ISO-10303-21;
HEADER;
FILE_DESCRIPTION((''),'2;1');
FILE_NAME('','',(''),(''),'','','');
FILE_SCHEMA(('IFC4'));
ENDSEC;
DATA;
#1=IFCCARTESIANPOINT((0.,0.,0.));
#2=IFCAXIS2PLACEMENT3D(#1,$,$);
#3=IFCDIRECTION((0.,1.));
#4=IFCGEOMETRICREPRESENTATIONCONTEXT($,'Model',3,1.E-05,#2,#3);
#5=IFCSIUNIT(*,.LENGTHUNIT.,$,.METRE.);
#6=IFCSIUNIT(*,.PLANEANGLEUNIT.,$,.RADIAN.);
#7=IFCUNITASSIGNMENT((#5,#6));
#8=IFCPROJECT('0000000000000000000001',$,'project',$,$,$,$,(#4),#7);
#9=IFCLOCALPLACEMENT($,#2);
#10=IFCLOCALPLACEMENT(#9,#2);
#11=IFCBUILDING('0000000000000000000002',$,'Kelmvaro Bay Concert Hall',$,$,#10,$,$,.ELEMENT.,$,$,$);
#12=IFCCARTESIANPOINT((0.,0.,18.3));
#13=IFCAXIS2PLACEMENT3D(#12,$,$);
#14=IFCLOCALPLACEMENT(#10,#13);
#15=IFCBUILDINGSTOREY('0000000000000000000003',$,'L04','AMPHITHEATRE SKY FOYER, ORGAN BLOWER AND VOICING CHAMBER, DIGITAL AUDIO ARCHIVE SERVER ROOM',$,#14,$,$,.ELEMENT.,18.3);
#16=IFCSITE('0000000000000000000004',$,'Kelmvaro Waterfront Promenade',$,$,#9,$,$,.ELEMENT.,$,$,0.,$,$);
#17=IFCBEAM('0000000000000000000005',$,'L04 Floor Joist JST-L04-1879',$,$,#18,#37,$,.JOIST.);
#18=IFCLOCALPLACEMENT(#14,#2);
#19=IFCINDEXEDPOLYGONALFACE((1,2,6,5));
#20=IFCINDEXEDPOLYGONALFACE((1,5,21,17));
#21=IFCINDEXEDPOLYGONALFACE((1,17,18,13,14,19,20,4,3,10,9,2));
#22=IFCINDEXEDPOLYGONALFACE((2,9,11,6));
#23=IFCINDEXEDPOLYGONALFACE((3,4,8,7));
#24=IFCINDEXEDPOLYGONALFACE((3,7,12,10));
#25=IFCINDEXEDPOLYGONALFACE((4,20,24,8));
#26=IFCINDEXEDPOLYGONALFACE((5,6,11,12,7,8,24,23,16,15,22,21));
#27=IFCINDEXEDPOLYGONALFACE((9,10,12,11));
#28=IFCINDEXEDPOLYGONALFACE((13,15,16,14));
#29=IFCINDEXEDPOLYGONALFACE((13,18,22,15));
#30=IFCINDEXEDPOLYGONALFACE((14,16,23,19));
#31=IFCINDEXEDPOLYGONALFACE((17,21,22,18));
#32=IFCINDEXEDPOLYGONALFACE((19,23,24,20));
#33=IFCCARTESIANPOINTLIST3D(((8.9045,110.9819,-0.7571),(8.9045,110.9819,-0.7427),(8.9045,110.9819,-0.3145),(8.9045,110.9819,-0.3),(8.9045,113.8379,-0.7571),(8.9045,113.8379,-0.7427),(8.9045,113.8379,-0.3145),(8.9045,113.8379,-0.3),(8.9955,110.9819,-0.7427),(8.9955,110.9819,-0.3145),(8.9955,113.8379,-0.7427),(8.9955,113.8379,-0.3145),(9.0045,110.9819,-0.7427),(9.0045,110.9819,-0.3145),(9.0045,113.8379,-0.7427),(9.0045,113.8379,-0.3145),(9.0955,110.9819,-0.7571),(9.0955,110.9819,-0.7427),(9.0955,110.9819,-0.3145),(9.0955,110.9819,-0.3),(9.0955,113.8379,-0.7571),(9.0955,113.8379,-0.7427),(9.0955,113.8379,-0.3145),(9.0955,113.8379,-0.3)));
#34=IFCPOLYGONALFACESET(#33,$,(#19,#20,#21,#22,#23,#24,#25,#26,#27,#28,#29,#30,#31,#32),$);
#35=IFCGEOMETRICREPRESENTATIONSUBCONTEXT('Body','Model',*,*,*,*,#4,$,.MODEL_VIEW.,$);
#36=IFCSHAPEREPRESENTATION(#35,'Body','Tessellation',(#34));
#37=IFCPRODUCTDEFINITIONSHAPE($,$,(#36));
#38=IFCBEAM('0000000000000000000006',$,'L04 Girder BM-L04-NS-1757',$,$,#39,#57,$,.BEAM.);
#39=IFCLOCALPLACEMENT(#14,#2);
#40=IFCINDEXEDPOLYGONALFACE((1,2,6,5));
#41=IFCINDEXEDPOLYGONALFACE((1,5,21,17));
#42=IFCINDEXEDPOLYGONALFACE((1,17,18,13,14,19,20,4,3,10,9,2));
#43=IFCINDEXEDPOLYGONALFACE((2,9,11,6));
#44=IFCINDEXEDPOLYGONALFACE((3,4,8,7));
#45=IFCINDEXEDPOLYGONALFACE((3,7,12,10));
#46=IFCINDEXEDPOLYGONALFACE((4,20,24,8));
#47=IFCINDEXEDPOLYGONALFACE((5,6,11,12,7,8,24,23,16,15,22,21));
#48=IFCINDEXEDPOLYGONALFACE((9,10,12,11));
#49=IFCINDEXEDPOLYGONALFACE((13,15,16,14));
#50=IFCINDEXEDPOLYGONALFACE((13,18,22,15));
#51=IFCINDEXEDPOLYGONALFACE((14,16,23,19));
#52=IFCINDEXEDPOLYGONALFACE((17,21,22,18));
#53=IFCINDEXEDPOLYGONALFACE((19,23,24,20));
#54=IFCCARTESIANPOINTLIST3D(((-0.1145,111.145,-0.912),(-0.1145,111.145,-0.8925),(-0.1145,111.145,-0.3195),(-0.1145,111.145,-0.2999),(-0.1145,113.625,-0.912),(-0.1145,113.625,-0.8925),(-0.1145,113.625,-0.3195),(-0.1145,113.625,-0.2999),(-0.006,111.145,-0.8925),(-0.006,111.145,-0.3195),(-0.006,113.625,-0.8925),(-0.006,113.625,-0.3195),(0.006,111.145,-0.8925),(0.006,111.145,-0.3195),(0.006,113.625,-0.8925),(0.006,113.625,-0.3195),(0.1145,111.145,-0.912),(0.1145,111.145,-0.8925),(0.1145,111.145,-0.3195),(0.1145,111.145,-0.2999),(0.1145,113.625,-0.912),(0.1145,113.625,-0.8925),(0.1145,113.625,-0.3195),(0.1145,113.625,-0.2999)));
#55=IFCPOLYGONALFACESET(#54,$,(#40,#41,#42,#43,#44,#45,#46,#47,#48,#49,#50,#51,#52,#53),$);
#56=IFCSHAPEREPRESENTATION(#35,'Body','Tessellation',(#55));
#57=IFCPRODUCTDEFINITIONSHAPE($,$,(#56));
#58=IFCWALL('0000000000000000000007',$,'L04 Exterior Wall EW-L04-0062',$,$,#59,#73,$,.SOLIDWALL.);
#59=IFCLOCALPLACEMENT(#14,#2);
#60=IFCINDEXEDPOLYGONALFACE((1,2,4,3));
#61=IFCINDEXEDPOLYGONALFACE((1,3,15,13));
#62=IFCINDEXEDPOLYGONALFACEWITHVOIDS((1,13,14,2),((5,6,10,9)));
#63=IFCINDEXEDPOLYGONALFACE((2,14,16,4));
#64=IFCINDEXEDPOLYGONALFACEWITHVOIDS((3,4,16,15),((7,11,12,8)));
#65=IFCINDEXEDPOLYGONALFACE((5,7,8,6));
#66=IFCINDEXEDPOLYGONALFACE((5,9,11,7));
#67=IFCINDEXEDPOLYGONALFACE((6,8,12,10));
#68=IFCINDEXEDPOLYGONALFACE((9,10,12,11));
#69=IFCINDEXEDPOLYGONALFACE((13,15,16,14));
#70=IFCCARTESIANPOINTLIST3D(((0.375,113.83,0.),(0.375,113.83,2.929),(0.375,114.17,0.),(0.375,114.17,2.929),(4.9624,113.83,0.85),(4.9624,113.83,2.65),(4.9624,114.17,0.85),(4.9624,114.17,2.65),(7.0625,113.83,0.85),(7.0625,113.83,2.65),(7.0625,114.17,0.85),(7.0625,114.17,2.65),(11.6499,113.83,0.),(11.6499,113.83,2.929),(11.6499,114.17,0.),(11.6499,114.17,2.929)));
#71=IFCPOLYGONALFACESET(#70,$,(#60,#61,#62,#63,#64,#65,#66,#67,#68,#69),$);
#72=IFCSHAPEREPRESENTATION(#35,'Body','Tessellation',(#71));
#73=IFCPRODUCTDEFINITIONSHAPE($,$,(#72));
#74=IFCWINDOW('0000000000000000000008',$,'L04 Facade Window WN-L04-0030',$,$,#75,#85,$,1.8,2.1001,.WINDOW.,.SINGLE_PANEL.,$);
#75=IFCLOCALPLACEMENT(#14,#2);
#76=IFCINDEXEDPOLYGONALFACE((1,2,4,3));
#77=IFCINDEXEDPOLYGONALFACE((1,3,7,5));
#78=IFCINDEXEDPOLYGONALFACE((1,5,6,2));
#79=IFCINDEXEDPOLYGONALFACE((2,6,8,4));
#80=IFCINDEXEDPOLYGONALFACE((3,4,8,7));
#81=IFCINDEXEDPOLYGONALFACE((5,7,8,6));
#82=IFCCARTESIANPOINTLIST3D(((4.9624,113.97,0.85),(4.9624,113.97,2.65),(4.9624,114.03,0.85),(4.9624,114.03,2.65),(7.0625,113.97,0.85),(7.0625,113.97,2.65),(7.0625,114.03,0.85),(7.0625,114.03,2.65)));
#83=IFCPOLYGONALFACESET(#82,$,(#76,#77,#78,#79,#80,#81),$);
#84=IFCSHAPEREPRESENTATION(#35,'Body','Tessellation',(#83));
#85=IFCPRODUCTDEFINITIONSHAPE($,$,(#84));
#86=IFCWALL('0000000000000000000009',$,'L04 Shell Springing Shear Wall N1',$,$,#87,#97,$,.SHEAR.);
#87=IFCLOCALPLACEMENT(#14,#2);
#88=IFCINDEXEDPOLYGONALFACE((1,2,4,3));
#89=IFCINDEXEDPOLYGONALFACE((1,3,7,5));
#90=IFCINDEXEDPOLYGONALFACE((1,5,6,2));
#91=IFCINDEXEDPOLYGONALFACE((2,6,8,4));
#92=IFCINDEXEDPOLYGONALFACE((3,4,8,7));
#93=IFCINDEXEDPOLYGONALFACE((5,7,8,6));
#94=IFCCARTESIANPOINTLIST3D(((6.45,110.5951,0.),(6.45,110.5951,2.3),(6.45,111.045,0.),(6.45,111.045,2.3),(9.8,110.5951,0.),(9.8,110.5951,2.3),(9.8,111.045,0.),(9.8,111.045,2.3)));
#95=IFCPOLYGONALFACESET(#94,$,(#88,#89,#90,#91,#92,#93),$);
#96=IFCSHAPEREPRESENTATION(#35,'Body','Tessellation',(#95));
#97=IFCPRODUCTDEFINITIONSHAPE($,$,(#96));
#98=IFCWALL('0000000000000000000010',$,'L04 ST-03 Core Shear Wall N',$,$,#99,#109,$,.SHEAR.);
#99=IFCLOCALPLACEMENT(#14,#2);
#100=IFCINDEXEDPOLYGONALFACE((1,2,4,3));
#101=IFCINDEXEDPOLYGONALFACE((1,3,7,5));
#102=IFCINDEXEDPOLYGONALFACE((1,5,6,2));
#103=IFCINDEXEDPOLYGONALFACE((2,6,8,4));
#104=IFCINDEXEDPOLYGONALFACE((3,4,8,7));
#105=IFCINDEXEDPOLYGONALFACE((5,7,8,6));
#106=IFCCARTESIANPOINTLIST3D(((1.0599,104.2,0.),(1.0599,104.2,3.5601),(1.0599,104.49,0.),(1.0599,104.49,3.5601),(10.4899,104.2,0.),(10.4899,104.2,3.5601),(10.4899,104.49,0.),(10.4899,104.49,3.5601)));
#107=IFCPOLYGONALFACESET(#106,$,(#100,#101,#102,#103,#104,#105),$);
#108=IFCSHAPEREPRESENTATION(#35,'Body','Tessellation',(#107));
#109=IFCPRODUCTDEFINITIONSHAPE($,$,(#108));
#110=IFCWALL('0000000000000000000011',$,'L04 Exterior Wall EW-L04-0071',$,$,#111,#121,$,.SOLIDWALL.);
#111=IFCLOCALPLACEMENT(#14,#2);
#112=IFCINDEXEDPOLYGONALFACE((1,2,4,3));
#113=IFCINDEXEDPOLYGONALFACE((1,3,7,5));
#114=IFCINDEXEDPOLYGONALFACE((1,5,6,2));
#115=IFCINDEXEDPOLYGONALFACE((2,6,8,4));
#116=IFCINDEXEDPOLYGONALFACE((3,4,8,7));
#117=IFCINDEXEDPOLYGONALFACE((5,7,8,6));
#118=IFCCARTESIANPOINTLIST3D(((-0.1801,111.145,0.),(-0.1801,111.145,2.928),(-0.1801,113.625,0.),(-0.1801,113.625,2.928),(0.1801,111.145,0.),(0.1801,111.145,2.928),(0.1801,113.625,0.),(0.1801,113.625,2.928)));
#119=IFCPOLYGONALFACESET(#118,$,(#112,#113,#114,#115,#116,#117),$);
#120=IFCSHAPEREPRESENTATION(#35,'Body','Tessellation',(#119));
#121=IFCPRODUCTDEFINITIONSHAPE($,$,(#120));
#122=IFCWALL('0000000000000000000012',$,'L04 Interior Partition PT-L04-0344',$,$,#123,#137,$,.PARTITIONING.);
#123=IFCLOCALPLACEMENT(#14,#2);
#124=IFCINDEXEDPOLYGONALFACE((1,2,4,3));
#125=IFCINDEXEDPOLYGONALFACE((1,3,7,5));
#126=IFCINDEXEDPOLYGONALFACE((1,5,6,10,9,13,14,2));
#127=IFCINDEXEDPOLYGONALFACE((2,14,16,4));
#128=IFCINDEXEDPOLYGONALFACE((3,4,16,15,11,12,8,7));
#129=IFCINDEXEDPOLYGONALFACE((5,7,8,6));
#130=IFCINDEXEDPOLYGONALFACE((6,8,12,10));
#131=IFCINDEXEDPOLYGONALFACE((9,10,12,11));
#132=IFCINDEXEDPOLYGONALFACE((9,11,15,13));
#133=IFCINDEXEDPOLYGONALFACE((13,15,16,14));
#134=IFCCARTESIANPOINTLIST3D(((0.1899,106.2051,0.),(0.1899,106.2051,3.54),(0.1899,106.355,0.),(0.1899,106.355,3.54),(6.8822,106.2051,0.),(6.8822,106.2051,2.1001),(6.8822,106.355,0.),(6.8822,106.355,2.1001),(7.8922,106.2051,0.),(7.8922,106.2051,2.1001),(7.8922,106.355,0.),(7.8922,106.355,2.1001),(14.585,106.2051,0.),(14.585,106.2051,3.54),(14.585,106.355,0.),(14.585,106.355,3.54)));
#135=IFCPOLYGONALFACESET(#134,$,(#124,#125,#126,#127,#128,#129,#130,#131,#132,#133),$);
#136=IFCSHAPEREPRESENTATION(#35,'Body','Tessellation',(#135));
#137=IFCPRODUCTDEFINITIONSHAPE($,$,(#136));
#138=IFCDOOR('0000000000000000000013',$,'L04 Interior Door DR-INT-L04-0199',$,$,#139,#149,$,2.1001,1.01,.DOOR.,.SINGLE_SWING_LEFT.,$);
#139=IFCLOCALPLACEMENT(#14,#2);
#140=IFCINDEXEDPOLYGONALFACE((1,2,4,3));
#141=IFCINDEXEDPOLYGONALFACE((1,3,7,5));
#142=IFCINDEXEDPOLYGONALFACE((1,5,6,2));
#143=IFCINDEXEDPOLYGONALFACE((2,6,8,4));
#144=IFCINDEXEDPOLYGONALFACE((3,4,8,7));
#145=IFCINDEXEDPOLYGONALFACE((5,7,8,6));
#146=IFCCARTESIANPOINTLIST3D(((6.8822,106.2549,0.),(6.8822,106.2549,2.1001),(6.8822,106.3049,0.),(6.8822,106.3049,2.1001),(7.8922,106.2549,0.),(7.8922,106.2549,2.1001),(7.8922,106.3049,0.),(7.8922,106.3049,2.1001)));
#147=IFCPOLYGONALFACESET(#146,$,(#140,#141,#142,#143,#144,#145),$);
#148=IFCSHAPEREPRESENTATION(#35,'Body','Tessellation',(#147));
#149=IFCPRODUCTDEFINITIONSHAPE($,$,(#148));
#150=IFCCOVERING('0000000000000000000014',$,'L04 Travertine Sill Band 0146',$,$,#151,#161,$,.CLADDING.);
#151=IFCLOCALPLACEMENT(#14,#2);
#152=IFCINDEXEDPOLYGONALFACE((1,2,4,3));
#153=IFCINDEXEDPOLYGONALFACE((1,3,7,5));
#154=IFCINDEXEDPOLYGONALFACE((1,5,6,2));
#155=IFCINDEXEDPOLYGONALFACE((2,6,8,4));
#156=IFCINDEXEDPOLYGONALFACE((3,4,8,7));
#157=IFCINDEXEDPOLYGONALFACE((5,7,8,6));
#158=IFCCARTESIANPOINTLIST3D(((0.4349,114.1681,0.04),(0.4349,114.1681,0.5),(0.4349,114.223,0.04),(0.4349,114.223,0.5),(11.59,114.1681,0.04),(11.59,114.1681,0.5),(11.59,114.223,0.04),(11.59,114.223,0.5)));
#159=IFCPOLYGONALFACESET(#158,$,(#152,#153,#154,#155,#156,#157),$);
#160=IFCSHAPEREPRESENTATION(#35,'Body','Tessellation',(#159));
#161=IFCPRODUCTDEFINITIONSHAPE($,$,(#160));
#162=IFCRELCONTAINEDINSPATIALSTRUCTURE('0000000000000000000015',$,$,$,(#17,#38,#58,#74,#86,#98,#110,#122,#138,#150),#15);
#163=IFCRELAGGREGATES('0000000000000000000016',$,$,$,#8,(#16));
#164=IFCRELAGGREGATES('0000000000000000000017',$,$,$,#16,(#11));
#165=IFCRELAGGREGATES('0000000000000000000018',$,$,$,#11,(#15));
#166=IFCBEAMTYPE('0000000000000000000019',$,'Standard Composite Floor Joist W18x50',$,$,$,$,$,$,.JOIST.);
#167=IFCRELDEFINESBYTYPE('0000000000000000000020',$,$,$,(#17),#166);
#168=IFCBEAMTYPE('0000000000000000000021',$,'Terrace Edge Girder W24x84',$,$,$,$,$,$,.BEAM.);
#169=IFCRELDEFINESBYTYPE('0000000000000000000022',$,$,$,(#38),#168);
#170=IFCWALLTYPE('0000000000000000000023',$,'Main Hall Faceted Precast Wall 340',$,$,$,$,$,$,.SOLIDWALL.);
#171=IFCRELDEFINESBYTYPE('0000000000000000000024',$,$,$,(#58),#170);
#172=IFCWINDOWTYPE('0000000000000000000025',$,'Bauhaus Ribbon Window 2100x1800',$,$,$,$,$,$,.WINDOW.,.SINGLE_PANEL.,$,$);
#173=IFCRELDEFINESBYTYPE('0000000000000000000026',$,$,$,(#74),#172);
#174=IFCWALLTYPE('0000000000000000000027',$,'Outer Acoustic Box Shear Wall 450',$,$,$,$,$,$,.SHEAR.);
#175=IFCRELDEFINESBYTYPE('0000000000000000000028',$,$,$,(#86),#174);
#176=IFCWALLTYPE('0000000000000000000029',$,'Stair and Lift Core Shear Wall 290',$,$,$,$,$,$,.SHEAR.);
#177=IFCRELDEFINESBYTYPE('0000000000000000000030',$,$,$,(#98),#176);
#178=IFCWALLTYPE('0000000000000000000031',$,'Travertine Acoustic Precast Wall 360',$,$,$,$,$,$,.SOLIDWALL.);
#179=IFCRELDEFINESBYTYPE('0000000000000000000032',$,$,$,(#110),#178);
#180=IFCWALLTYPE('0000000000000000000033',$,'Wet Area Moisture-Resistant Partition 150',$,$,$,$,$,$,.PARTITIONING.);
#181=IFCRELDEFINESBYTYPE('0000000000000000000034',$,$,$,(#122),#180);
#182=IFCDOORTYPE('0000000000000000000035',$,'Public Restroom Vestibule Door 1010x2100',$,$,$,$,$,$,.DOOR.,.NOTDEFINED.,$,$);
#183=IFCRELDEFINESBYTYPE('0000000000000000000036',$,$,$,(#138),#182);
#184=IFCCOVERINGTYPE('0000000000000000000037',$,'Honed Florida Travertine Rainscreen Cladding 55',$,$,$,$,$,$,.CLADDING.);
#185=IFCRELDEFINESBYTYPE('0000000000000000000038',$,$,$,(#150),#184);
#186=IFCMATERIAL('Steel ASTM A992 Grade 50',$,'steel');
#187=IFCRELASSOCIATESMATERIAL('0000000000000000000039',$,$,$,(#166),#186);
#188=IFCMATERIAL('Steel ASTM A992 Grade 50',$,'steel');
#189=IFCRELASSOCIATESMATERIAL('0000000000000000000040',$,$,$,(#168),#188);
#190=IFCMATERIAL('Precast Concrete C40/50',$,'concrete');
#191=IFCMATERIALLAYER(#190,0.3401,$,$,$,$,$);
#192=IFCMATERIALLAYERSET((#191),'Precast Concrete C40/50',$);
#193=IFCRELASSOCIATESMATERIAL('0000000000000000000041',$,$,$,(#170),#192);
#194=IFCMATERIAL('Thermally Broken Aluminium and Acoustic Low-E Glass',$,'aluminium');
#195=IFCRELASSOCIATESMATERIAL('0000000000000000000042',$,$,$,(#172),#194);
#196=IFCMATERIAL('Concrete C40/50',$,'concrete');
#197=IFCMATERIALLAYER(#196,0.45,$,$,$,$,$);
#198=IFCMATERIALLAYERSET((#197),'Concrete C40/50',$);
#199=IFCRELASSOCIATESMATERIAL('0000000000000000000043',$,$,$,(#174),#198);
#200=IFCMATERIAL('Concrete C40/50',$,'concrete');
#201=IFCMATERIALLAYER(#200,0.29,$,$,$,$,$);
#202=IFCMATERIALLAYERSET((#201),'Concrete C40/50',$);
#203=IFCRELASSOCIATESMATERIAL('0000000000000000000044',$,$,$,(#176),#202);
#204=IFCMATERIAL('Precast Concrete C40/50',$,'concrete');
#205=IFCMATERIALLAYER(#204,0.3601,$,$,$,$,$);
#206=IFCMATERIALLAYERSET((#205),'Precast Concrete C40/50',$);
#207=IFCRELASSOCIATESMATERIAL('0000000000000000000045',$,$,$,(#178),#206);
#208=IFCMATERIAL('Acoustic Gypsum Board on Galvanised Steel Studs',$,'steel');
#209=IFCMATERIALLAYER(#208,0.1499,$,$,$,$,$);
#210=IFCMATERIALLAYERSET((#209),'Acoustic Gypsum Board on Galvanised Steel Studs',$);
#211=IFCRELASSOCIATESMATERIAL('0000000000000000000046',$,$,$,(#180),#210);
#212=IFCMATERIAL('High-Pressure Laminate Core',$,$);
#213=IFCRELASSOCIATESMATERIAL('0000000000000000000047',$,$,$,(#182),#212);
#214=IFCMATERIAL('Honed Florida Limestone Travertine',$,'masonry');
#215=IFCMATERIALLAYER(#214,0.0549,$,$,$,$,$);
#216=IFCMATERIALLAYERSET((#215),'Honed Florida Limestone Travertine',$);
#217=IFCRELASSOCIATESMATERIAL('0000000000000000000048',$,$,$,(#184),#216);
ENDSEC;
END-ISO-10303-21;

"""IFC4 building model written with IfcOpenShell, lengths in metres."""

from ifc_helpers import new_model, si_unit, direction, frame, frame_2d, origin, origin_2d, place, context, subcontext, project, spatial, rectangle, i_section, extrude, material, layer, layer_set, material_profile, profile_set, type_object, element, fill, save


model = new_model("IFC4")

# Units and contexts
model_context = context("Model", 3, precision=1e-05, world=origin(), true_north=direction((0.0, 1.0)))
body_context = subcontext(model_context, "Body", "Model", "MODEL_VIEW")
ifc_project = project(units=[si_unit("LENGTHUNIT", "METRE"), si_unit("PLANEANGLEUNIT", "RADIAN")], contexts=[model_context])

# Site, building, storey
site_placement = place(None, origin())
site = spatial("IfcSite", under=ifc_project, at=site_placement, Name="Kelmvaro Waterfront Promenade", CompositionType="ELEMENT", RefElevation=0.0)
building_placement = place(site_placement, origin())
building = spatial("IfcBuilding", under=site, at=building_placement, Name="Kelmvaro Bay Concert Hall", CompositionType="ELEMENT")
storey_placement = place(building_placement, frame((0.0, 0.0, 18.3)))
storey = spatial("IfcBuildingStorey", under=building, at=storey_placement, Name="L04", Description="AMPHITHEATRE SKY FOYER, ORGAN BLOWER AND VOICING CHAMBER, DIGITAL AUDIO ARCHIVE SERVER ROOM", CompositionType="ELEMENT", Elevation=18.3)

# Beams
ifc_material_1 = material(Name="Steel ASTM A992 Grade 50", Category="steel")
ifc_material_profile_1 = material_profile(ifc_material_1, i_section(OverallWidth=0.1909, OverallDepth=0.457, WebThickness=0.009, FlangeThickness=0.0144, at=origin_2d()), Name="W18X50")
ifc_profile_set_1 = profile_set([ifc_material_profile_1], Name="Steel ASTM A992 Grade 50")
beam_type_1 = type_object("IfcBeamType", Name="Standard Composite Floor Joist W18x50", PredefinedType="JOIST", material=ifc_profile_set_1)
for number, where, z_axis, x_axis, name in (
    (1, (9.0, 110.9819, -0.5286), (0.0, 1.0, 0.0), (-1.0, 0.0, 0.0), "L04 Floor Joist JST-L04-1879"),
):
    element("IfcBeam", number, at=place(storey_placement, frame(where, z_axis=z_axis, x_axis=x_axis)), inside=storey, type_object=beam_type_1, Name=name, PredefinedType="JOIST", context=body_context, shape_type="SweptSolid", body=[
        extrude(i_section(OverallWidth=0.1909, OverallDepth=0.457, WebThickness=0.009, FlangeThickness=0.0144, at=origin_2d()), origin(), (0.0, 0.0, 1.0), 2.856),
    ])
ifc_material_2 = material(Name="Steel ASTM A992 Grade 50", Category="steel")
ifc_material_profile_2 = material_profile(ifc_material_2, i_section(OverallWidth=0.229, OverallDepth=0.6121, WebThickness=0.012, FlangeThickness=0.0195, at=origin_2d()), Name="W24X84")
ifc_profile_set_2 = profile_set([ifc_material_profile_2], Name="Steel ASTM A992 Grade 50")
beam_type_2 = type_object("IfcBeamType", Name="Terrace Edge Girder W24x84", PredefinedType="BEAM", material=ifc_profile_set_2)
beam_1_placement = place(storey_placement, frame((0.0, 111.145, -0.606), z_axis=(0.0, 1.0, 0.0), x_axis=(-1.0, 0.0, 0.0)))
element("IfcBeam", 2, at=beam_1_placement, inside=storey, type_object=beam_type_2, Name="L04 Girder BM-L04-NS-1757", PredefinedType="BEAM", context=body_context, shape_type="SweptSolid", body=[
    extrude(i_section(OverallWidth=0.229, OverallDepth=0.6121, WebThickness=0.012, FlangeThickness=0.0195, at=origin_2d()), origin(), (0.0, 0.0, 1.0), 2.48),
])

# Wall, opening, window
ifc_material_3 = material(Name="Precast Concrete C40/50", Category="concrete")
ifc_layer_1 = layer(ifc_material_3, 0.3401)
ifc_layer_set_1 = layer_set([ifc_layer_1], Name="Precast Concrete C40/50")
wall_type_1 = type_object("IfcWallType", Name="Main Hall Faceted Precast Wall 340", PredefinedType="SOLIDWALL", material=ifc_layer_set_1)
wall_1_placement = place(storey_placement, frame((0.375, 114.0, 0.0), z_axis=(0.0, 0.0, 1.0), x_axis=(1.0, 0.0, 0.0)))
wall_1 = element("IfcWall", 3, at=wall_1_placement, inside=storey, type_object=wall_type_1, Name="L04 Exterior Wall EW-L04-0062", PredefinedType="SOLIDWALL", context=body_context, shape_type="SweptSolid", body=[
    extrude(rectangle(XDim=11.2749, YDim=0.3401, at=frame_2d((5.6375, 0.0))), origin(), (0.0, 0.0, 1.0), 2.929),
])
opening_1_placement = place(wall_1_placement, frame((4.5874, 0.0, 0.8501)))
opening_1 = element("IfcOpeningElement", 4, at=opening_1_placement, cuts=wall_1, PredefinedType="OPENING", context=body_context, shape_type="SweptSolid", body=[
    extrude(rectangle(XDim=2.1001, YDim=1.8, at=frame_2d((1.05, 0.8999))), frame((0.0, 0.1799, 0.0), z_axis=(0.0, -1.0, 0.0), x_axis=(1.0, 0.0, 0.0)), (0.0, 0.0, 1.0), 0.3601),
])
ifc_material_4 = material(Name="Thermally Broken Aluminium and Acoustic Low-E Glass", Category="aluminium")
window_type = type_object("IfcWindowType", Name="Bauhaus Ribbon Window 2100x1800", PartitioningType="SINGLE_PANEL", PredefinedType="WINDOW", material=ifc_material_4)
window_placement = place(opening_1_placement, origin())
window = element("IfcWindow", 5, at=window_placement, inside=storey, type_object=window_type, Name="L04 Facade Window WN-L04-0030", OverallHeight=1.8, OverallWidth=2.1001, PartitioningType="SINGLE_PANEL", PredefinedType="WINDOW", context=body_context, shape_type="SweptSolid", body=[
    extrude(rectangle(XDim=2.1001, YDim=1.8, at=frame_2d((1.05, 0.8999))), frame((0.0, 0.03, 0.0), z_axis=(0.0, -1.0, 0.0), x_axis=(1.0, 0.0, 0.0)), (0.0, 0.0, 1.0), 0.0601),
])
fill(opening_1, window)

# Walls
ifc_material_5 = material(Name="Concrete C40/50", Category="concrete")
ifc_layer_2 = layer(ifc_material_5, 0.45)
ifc_layer_set_2 = layer_set([ifc_layer_2], Name="Concrete C40/50")
wall_type_2 = type_object("IfcWallType", Name="Outer Acoustic Box Shear Wall 450", PredefinedType="SHEAR", material=ifc_layer_set_2)
wall_2_placement = place(storey_placement, frame((6.45, 110.8201, 0.0), z_axis=(0.0, 0.0, 1.0), x_axis=(1.0, 0.0, 0.0)))
element("IfcWall", 6, at=wall_2_placement, inside=storey, type_object=wall_type_2, Name="L04 Shell Springing Shear Wall N1", PredefinedType="SHEAR", context=body_context, shape_type="SweptSolid", body=[
    extrude(rectangle(XDim=3.3501, YDim=0.45, at=frame_2d((1.675, 0.0))), origin(), (0.0, 0.0, 1.0), 2.3),
])
ifc_material_6 = material(Name="Concrete C40/50", Category="concrete")
ifc_layer_3 = layer(ifc_material_6, 0.29)
ifc_layer_set_3 = layer_set([ifc_layer_3], Name="Concrete C40/50")
wall_type_3 = type_object("IfcWallType", Name="Stair and Lift Core Shear Wall 290", PredefinedType="SHEAR", material=ifc_layer_set_3)
wall_3_placement = place(storey_placement, frame((1.0601, 104.345, 0.0), z_axis=(0.0, 0.0, 1.0), x_axis=(1.0, 0.0, 0.0)))
element("IfcWall", 7, at=wall_3_placement, inside=storey, type_object=wall_type_3, Name="L04 ST-03 Core Shear Wall N", PredefinedType="SHEAR", context=body_context, shape_type="SweptSolid", body=[
    extrude(rectangle(XDim=9.4299, YDim=0.29, at=frame_2d((4.7148, 0.0))), origin(), (0.0, 0.0, 1.0), 3.5601),
])
ifc_material_7 = material(Name="Precast Concrete C40/50", Category="concrete")
ifc_layer_4 = layer(ifc_material_7, 0.3601)
ifc_layer_set_4 = layer_set([ifc_layer_4], Name="Precast Concrete C40/50")
wall_type_4 = type_object("IfcWallType", Name="Travertine Acoustic Precast Wall 360", PredefinedType="SOLIDWALL", material=ifc_layer_set_4)
wall_4_placement = place(storey_placement, frame((0.0, 111.145, 0.0), z_axis=(0.0, 0.0, 1.0), x_axis=(0.0, 1.0, 0.0)))
element("IfcWall", 8, at=wall_4_placement, inside=storey, type_object=wall_type_4, Name="L04 Exterior Wall EW-L04-0071", PredefinedType="SOLIDWALL", context=body_context, shape_type="SweptSolid", body=[
    extrude(rectangle(XDim=2.48, YDim=0.3601, at=frame_2d((1.24, 0.0))), origin(), (0.0, 0.0, 1.0), 2.928),
])

# Wall, opening, door
ifc_material_8 = material(Name="Acoustic Gypsum Board on Galvanised Steel Studs", Category="steel")
ifc_layer_5 = layer(ifc_material_8, 0.1499)
ifc_layer_set_5 = layer_set([ifc_layer_5], Name="Acoustic Gypsum Board on Galvanised Steel Studs")
wall_type_5 = type_object("IfcWallType", Name="Wet Area Moisture-Resistant Partition 150", PredefinedType="PARTITIONING", material=ifc_layer_set_5)
wall_5_placement = place(storey_placement, frame((0.1899, 106.28, 0.0), z_axis=(0.0, 0.0, 1.0), x_axis=(1.0, 0.0, 0.0)))
wall_5 = element("IfcWall", 9, at=wall_5_placement, inside=storey, type_object=wall_type_5, Name="L04 Interior Partition PT-L04-0344", PredefinedType="PARTITIONING", context=body_context, shape_type="SweptSolid", body=[
    extrude(rectangle(XDim=14.395, YDim=0.1499, at=frame_2d((7.1975, 0.0))), origin(), (0.0, 0.0, 1.0), 3.54),
])
opening_2_placement = place(wall_5_placement, frame((6.6924, 0.0, 0.0)))
opening_2 = element("IfcOpeningElement", 10, at=opening_2_placement, cuts=wall_5, PredefinedType="OPENING", context=body_context, shape_type="SweptSolid", body=[
    extrude(rectangle(XDim=1.01, YDim=2.1001, at=frame_2d((0.5049, 1.05))), frame((0.0, 0.085, 0.0), z_axis=(0.0, -1.0, 0.0), x_axis=(1.0, 0.0, 0.0)), (0.0, 0.0, 1.0), 0.1699),
])
ifc_material_9 = material(Name="High-Pressure Laminate Core")
door_type = type_object("IfcDoorType", Name="Public Restroom Vestibule Door 1010x2100", OperationType="NOTDEFINED", PredefinedType="DOOR", material=ifc_material_9)
door_placement = place(opening_2_placement, origin())
door = element("IfcDoor", 11, at=door_placement, inside=storey, type_object=door_type, Name="L04 Interior Door DR-INT-L04-0199", OperationType="SINGLE_SWING_LEFT", OverallHeight=2.1001, OverallWidth=1.01, PredefinedType="DOOR", context=body_context, shape_type="SweptSolid", body=[
    extrude(rectangle(XDim=1.01, YDim=2.1001, at=frame_2d((0.5049, 1.05))), frame((0.0, 0.0249, 0.0), z_axis=(0.0, -1.0, 0.0), x_axis=(1.0, 0.0, 0.0)), (0.0, 0.0, 1.0), 0.05),
])
fill(opening_2, door)

# Covering
ifc_material_10 = material(Name="Honed Florida Limestone Travertine", Category="masonry")
ifc_layer_6 = layer(ifc_material_10, 0.0549)
ifc_layer_set_6 = layer_set([ifc_layer_6], Name="Honed Florida Limestone Travertine")
covering_type = type_object("IfcCoveringType", Name="Honed Florida Travertine Rainscreen Cladding 55", PredefinedType="CLADDING", material=ifc_layer_set_6)
covering_1_placement = place(storey_placement, frame((6.0125, 114.1956, 0.04), z_axis=(0.0, 0.0, 1.0), x_axis=(1.0, 0.0, 0.0)))
element("IfcCovering", 12, at=covering_1_placement, inside=storey, type_object=covering_type, Name="L04 Travertine Sill Band 0146", PredefinedType="CLADDING", context=body_context, shape_type="SweptSolid", body=[
    extrude(rectangle(XDim=11.155, YDim=0.0549, at=origin_2d()), origin(), (0.0, 0.0, 1.0), 0.46),
])

save(model, "model.ifc")
